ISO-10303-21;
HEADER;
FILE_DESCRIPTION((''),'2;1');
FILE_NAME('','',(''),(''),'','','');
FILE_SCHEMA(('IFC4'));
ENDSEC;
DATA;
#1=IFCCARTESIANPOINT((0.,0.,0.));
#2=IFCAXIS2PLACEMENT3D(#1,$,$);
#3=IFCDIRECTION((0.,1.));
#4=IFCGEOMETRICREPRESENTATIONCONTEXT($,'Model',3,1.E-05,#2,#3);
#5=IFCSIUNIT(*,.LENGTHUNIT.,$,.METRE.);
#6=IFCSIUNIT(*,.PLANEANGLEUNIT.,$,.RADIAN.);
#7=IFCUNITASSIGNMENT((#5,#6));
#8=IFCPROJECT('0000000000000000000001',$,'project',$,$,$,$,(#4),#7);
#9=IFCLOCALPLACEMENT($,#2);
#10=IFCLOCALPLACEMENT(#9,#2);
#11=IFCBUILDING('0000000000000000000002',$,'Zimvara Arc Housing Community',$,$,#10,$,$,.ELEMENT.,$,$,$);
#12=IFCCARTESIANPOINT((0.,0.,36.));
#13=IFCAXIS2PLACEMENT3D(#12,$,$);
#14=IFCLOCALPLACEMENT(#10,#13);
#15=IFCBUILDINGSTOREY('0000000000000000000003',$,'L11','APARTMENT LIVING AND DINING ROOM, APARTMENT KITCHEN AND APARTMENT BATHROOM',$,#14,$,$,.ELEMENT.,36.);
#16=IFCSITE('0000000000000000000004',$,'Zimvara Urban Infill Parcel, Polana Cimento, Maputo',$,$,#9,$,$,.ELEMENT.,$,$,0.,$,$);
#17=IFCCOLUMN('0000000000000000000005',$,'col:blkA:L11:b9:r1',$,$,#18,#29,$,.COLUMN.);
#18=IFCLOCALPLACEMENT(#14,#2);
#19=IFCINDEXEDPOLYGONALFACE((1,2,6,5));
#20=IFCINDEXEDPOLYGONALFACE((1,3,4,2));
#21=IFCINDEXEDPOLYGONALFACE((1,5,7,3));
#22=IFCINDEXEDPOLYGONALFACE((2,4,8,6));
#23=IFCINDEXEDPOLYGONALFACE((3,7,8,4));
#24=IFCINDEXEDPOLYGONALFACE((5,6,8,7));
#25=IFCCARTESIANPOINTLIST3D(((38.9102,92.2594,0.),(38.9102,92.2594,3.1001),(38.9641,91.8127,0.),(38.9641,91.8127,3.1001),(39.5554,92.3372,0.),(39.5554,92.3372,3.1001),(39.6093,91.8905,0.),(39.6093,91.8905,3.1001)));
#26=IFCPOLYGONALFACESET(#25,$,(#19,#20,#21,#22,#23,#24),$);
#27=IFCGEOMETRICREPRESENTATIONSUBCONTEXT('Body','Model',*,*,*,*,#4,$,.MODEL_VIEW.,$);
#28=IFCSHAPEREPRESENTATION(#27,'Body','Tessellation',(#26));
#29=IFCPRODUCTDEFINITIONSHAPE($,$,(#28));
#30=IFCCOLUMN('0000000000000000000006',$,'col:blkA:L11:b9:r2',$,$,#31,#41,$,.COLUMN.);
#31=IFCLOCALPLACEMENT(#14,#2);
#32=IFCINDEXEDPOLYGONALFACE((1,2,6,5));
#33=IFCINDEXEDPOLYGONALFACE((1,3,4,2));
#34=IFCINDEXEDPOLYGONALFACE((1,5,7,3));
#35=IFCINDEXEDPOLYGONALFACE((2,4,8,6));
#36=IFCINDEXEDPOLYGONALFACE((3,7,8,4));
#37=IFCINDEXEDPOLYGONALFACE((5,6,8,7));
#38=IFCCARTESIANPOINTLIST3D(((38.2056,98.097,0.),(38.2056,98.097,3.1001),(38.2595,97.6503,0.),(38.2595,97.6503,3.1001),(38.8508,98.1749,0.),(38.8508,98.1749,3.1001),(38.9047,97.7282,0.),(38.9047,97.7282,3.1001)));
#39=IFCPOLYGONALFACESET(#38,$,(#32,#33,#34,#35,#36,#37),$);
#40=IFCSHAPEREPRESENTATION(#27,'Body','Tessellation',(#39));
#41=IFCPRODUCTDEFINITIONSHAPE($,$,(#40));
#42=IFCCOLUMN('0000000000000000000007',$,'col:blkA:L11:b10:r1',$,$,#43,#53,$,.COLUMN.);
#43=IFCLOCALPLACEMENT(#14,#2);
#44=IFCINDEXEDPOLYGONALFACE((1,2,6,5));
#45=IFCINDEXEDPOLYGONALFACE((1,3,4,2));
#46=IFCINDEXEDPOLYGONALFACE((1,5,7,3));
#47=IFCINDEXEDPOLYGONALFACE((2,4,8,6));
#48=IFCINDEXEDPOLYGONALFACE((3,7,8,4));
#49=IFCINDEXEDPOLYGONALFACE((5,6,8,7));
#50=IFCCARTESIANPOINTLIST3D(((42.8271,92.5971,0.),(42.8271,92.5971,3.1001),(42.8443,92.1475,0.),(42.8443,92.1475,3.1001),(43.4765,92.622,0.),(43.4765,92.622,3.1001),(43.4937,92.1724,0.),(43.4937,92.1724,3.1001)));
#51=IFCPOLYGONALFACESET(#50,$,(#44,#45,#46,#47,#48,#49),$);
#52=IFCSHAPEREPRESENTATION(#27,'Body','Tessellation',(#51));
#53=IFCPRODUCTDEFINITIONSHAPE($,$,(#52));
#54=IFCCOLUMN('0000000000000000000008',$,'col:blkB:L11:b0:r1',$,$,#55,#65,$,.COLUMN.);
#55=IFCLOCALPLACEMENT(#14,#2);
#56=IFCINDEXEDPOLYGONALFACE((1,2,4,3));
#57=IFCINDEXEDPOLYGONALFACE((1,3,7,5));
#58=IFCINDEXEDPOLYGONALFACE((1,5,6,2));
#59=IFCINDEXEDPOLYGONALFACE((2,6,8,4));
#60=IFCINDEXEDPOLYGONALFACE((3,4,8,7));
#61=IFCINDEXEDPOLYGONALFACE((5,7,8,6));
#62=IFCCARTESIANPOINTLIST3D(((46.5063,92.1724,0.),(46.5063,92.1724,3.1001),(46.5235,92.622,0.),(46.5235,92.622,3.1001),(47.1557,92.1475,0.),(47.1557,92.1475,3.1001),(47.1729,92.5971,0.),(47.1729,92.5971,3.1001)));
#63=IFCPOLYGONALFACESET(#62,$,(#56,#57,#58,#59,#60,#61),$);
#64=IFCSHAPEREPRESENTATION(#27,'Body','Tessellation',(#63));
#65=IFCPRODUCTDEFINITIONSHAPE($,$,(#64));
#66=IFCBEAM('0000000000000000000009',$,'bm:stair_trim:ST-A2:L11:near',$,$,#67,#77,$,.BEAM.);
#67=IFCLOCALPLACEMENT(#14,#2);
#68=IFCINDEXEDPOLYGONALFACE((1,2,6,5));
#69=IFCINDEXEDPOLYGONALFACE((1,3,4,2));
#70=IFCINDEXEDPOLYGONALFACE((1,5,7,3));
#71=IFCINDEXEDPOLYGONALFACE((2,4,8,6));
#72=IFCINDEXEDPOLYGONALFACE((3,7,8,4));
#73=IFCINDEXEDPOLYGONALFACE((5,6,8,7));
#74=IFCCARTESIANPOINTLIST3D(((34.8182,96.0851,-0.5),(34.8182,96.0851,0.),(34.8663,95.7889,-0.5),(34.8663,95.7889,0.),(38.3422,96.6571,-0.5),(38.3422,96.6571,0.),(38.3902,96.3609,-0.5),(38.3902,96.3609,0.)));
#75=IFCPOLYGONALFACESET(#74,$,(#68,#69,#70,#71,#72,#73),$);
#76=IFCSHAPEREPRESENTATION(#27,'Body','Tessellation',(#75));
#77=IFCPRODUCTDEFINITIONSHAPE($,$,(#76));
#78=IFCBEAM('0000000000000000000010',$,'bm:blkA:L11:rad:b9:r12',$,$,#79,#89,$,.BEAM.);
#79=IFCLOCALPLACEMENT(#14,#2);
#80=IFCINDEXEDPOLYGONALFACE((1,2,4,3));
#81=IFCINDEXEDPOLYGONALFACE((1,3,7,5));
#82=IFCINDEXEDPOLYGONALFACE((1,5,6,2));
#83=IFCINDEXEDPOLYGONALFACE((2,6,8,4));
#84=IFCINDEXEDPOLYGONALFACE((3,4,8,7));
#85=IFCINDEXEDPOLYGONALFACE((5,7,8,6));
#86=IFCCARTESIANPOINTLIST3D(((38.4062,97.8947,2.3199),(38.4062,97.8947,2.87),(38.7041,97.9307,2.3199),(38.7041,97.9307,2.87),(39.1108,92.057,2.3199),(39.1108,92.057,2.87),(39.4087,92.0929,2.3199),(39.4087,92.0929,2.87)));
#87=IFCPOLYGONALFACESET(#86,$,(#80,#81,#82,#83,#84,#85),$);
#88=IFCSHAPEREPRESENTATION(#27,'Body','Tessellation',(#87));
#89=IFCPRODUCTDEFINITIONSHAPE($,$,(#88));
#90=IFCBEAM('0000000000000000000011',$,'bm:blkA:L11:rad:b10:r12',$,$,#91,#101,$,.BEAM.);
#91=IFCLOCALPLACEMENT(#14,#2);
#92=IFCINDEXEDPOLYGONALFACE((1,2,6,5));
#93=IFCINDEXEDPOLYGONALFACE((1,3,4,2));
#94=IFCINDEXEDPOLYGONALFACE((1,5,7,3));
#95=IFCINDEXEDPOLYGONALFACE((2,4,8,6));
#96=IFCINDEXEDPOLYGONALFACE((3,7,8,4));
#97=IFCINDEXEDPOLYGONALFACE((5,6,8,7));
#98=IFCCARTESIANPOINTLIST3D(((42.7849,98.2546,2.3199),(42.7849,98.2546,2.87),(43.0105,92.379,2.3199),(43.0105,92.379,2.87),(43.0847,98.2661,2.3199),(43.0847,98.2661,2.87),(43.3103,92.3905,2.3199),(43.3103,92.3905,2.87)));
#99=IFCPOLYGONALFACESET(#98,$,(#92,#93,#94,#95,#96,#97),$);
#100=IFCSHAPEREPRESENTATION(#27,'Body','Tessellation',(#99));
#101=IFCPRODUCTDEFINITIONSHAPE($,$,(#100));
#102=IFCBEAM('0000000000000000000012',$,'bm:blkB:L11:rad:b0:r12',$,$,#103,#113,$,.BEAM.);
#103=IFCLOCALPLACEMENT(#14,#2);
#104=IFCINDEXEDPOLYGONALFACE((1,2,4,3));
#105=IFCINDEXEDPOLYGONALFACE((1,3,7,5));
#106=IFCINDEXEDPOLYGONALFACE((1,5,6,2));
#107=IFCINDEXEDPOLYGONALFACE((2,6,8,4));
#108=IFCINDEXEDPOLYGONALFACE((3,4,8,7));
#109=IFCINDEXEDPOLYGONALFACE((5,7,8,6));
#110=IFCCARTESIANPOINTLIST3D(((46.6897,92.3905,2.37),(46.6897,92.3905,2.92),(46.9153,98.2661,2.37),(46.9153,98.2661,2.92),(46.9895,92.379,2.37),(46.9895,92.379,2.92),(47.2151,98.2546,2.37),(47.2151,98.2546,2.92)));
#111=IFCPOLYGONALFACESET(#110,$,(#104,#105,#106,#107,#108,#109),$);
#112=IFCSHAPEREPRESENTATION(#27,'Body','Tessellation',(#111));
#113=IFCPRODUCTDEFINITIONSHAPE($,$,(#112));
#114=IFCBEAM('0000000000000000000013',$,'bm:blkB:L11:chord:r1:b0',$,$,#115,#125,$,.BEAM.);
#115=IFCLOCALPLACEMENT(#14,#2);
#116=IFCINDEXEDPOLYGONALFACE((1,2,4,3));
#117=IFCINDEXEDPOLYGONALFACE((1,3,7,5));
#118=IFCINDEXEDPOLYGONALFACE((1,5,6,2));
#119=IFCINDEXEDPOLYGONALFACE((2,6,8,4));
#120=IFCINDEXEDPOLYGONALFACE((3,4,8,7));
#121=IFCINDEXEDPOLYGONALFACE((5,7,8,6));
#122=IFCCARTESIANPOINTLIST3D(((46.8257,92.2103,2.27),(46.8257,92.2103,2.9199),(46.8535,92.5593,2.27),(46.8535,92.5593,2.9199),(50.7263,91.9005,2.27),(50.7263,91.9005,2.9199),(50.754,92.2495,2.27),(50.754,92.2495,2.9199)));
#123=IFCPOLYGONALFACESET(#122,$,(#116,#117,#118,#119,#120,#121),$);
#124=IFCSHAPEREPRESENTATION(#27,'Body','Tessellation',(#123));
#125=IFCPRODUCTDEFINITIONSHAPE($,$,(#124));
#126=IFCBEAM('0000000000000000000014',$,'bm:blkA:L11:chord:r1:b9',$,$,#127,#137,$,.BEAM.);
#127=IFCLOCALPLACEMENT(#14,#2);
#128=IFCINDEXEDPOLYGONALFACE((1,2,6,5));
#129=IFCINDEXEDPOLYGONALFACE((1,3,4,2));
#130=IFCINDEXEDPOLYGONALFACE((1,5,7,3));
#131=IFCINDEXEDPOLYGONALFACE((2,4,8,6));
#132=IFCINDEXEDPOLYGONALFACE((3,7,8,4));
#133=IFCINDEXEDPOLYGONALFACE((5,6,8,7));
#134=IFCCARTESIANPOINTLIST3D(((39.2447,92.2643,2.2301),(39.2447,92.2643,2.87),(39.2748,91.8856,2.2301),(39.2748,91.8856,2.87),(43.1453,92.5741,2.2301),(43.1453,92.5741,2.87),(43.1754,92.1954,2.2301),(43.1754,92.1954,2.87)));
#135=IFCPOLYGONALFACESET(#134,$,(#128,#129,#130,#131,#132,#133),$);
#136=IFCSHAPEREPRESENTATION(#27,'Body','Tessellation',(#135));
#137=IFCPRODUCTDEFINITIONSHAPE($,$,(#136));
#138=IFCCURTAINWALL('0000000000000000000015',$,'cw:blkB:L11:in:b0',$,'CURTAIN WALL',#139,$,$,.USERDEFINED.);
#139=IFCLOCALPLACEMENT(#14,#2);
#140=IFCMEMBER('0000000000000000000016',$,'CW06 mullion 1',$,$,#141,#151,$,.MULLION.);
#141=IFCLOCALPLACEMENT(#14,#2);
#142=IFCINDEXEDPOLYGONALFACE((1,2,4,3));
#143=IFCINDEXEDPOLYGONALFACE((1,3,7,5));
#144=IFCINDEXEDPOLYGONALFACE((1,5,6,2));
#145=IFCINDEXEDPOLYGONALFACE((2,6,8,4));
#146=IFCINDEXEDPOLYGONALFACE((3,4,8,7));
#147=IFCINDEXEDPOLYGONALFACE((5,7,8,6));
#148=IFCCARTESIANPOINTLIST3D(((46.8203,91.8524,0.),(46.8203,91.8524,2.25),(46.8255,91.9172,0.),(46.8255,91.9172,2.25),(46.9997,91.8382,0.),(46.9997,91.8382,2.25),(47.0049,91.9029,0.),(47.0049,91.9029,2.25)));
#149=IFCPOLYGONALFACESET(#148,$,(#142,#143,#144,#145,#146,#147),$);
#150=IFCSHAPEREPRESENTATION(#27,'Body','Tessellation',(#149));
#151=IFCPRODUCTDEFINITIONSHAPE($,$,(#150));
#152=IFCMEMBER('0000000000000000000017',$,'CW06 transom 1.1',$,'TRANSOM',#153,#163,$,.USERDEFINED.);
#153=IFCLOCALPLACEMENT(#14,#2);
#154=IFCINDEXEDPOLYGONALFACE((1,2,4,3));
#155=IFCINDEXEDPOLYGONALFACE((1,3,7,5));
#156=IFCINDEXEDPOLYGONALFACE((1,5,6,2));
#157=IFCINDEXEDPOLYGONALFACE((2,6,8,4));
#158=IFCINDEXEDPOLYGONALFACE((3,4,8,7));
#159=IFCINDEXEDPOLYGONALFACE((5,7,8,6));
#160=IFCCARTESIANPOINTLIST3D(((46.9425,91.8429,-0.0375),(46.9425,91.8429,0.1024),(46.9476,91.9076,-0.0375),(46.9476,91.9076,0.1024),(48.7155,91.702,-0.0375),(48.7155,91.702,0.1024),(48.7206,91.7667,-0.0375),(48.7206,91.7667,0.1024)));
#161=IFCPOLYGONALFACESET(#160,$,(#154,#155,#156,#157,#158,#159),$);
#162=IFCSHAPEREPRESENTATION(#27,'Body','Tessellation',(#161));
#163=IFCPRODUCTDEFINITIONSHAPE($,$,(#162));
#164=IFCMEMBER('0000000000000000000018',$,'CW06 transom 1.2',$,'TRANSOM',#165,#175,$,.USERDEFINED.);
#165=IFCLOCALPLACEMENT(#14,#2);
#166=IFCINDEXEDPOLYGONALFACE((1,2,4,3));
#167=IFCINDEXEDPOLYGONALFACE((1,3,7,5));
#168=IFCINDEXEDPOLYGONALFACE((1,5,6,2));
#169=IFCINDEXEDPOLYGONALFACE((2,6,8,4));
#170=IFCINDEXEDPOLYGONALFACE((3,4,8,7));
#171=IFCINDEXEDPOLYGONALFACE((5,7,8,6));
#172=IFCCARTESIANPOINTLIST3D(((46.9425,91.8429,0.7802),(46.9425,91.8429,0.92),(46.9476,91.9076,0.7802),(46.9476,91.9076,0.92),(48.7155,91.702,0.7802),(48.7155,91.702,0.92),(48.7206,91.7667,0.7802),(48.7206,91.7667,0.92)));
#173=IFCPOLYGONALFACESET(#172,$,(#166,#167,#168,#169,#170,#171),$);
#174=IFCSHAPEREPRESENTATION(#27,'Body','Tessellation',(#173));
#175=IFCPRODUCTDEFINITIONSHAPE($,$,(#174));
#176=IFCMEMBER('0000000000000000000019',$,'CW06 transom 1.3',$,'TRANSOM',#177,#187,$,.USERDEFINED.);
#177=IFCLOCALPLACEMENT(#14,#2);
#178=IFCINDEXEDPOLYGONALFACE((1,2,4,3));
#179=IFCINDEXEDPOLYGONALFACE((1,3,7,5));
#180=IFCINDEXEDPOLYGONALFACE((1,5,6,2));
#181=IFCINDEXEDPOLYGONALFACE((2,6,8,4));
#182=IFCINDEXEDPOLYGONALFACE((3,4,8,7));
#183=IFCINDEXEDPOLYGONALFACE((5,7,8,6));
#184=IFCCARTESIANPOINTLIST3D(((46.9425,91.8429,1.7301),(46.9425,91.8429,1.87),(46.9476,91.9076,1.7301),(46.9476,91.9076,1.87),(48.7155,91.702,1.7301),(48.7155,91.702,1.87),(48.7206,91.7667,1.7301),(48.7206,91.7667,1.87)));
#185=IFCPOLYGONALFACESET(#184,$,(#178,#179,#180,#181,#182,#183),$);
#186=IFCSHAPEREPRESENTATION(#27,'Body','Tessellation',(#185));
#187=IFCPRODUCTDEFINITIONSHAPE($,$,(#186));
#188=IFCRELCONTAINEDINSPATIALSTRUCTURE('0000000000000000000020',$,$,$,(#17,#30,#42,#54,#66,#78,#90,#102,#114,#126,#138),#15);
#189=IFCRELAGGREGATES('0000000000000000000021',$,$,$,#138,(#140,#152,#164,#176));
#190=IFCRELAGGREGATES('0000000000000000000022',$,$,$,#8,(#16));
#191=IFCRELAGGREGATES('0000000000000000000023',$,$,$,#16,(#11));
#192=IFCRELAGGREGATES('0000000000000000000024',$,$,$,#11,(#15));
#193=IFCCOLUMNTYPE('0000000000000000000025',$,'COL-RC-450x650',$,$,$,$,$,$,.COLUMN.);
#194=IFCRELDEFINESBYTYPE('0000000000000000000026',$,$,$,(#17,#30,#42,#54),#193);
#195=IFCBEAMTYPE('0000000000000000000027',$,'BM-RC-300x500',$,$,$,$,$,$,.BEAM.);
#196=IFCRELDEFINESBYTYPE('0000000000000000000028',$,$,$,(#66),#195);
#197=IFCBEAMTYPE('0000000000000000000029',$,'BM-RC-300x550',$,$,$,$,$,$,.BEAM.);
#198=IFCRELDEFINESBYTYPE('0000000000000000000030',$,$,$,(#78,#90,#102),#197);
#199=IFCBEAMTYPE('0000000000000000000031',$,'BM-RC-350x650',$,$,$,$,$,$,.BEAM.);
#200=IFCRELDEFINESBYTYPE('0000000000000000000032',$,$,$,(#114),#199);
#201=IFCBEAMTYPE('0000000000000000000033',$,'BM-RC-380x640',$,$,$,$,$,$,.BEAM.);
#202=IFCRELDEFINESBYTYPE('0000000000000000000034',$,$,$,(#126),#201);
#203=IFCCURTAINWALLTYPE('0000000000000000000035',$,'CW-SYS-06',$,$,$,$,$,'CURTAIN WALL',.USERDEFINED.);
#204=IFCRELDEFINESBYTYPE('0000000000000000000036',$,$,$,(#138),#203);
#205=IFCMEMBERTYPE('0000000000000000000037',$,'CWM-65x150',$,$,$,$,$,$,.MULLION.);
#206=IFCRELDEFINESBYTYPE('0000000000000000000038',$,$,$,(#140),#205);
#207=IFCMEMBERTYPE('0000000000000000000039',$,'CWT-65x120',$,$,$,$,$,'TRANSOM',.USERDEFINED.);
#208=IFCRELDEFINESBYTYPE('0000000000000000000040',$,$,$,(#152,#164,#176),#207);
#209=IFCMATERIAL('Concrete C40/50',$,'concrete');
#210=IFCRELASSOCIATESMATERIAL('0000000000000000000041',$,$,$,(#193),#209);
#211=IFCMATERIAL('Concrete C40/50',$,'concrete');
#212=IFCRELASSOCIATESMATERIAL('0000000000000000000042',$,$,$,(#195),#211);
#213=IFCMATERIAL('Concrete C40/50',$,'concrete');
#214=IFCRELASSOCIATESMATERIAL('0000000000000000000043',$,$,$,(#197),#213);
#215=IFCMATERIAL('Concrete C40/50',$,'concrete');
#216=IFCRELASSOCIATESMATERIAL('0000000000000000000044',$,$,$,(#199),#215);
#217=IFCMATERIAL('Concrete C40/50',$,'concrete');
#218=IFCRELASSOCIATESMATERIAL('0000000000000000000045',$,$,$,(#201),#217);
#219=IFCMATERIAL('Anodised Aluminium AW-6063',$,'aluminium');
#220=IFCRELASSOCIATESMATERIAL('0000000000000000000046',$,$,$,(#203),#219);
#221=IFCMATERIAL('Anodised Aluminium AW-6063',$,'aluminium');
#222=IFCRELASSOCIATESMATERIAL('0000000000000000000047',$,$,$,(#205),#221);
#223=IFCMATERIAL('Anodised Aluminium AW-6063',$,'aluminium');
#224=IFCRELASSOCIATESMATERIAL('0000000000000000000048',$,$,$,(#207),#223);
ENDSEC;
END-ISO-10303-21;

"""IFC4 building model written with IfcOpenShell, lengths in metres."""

from ifc_helpers import new_model, si_unit, direction, frame, origin, origin_2d, place, context, subcontext, project, spatial, rectangle, extrude, material, material_profile, profile_set, type_object, element, aggregate, save


model = new_model("IFC4")

# Units and contexts
model_context = context("Model", 3, precision=1e-05, world=origin(), true_north=direction((0.0, 1.0)))
body_context = subcontext(model_context, "Body", "Model", "MODEL_VIEW")
ifc_project = project(units=[si_unit("LENGTHUNIT", "METRE"), si_unit("PLANEANGLEUNIT", "RADIAN")], contexts=[model_context])

# Site, building, storey
site_placement = place(None, origin())
site = spatial("IfcSite", under=ifc_project, at=site_placement, Name="Zimvara Urban Infill Parcel, Polana Cimento, Maputo", CompositionType="ELEMENT", RefElevation=0.0)
building_placement = place(site_placement, origin())
building = spatial("IfcBuilding", under=site, at=building_placement, Name="Zimvara Arc Housing Community", CompositionType="ELEMENT")
storey_placement = place(building_placement, frame((0.0, 0.0, 36.0)))
storey = spatial("IfcBuildingStorey", under=building, at=storey_placement, Name="L11", Description="APARTMENT LIVING AND DINING ROOM, APARTMENT KITCHEN AND APARTMENT BATHROOM", CompositionType="ELEMENT", Elevation=36.0)

# Columns
ifc_material_1 = material(Name="Concrete C40/50", Category="concrete")
ifc_material_profile_1 = material_profile(ifc_material_1, rectangle(XDim=0.45, YDim=0.6499, at=origin_2d()), Name="RC 450x650")
ifc_profile_set_1 = profile_set([ifc_material_profile_1], Name="Concrete C40/50")
column_type = type_object("IfcColumnType", Name="COL-RC-450x650", PredefinedType="COLUMN", material=ifc_profile_set_1)
for number, where, z_axis, x_axis, name in (
    (1, (39.2598, 92.075, 0.0), (0.0, 0.0, 1.0), (-0.11979, 0.992799, 0.0), "col:blkA:L11:b9:r1"),
    (2, (38.5552, 97.9126, 0.0), (0.0, 0.0, 1.0), (-0.11979, 0.992799, 0.0), "col:blkA:L11:b9:r2"),
    (3, (43.1604, 92.3848, 0.0), (0.0, 0.0, 1.0), (-0.038388, 0.999263, 0.0), "col:blkA:L11:b10:r1"),
    (4, (46.8396, 92.3848, 0.0), (0.0, 0.0, 1.0), (0.038388, 0.999263, 0.0), "col:blkB:L11:b0:r1"),
):
    element("IfcColumn", number, at=place(storey_placement, frame(where, z_axis=z_axis, x_axis=x_axis)), inside=storey, type_object=column_type, Name=name, PredefinedType="COLUMN", context=body_context, shape_type="SweptSolid", body=[
        extrude(rectangle(XDim=0.45, YDim=0.6499, at=origin_2d()), origin(), (0.0, 0.0, 1.0), 3.1001),
    ])

# Beams
ifc_material_2 = material(Name="Concrete C40/50", Category="concrete")
ifc_material_profile_2 = material_profile(ifc_material_2, rectangle(XDim=0.3, YDim=0.5, at=origin_2d()), Name="RC 300x500")
ifc_profile_set_2 = profile_set([ifc_material_profile_2], Name="Concrete C40/50")
beam_type_1 = type_object("IfcBeamType", Name="BM-RC-300x500", PredefinedType="BEAM", material=ifc_profile_set_2)
beam_1_placement = place(storey_placement, frame((38.3662, 96.509, -0.25), z_axis=(-0.98708, -0.160228, 0.0), x_axis=(0.160228, -0.98708, 0.0)))
element("IfcBeam", 5, at=beam_1_placement, inside=storey, type_object=beam_type_1, Name="bm:stair_trim:ST-A2:L11:near", PredefinedType="BEAM", context=body_context, shape_type="SweptSolid", body=[
    extrude(rectangle(XDim=0.3, YDim=0.5, at=origin_2d()), origin(), (0.0, 0.0, 1.0), 3.5701),
])
ifc_material_3 = material(Name="Concrete C40/50", Category="concrete")
ifc_material_profile_3 = material_profile(ifc_material_3, rectangle(XDim=0.3, YDim=0.55, at=origin_2d()), Name="RC 300x550")
ifc_profile_set_3 = profile_set([ifc_material_profile_3], Name="Concrete C40/50")
beam_type_2 = type_object("IfcBeamType", Name="BM-RC-300x550", PredefinedType="BEAM", material=ifc_profile_set_3)
beam_2_placement = place(storey_placement, frame((39.2598, 92.075, 2.595), z_axis=(-0.119828, 0.992795, 0.0), x_axis=(-0.992795, -0.119828, 0.0)))
element("IfcBeam", 6, at=beam_2_placement, inside=storey, type_object=beam_type_2, Name="bm:blkA:L11:rad:b9:r12", PredefinedType="BEAM", context=body_context, shape_type="SweptSolid", body=[
    extrude(rectangle(XDim=0.3, YDim=0.55, at=origin_2d()), origin(), (0.0, 0.0, 1.0), 5.8801),
])
for number, where, z_axis, x_axis, name in (
    (7, (43.1604, 92.3848, 2.595), (-0.038366, 0.999264, 0.0), (-0.999264, -0.038366, 0.0), "bm:blkA:L11:rad:b10:r12"),
    (8, (46.8396, 92.3848, 2.645), (0.038366, 0.999264, 0.0), (-0.999264, 0.038366, 0.0), "bm:blkB:L11:rad:b0:r12"),
):
    element("IfcBeam", number, at=place(storey_placement, frame(where, z_axis=z_axis, x_axis=x_axis)), inside=storey, type_object=beam_type_2, Name=name, PredefinedType="BEAM", context=body_context, shape_type="SweptSolid", body=[
        extrude(rectangle(XDim=0.3, YDim=0.55, at=origin_2d()), origin(), (0.0, 0.0, 1.0), 5.8799),
    ])
ifc_material_4 = material(Name="Concrete C40/50", Category="concrete")
ifc_material_profile_4 = material_profile(ifc_material_4, rectangle(XDim=0.3501, YDim=0.6499, at=origin_2d()), Name="RC 350x650")
ifc_profile_set_4 = profile_set([ifc_material_profile_4], Name="Concrete C40/50")
beam_type_3 = type_object("IfcBeamType", Name="BM-RC-350x650", PredefinedType="BEAM", material=ifc_profile_set_4)
beam_3_placement = place(storey_placement, frame((46.8396, 92.3848, 2.595), z_axis=(0.996861, -0.079177, 0.0), x_axis=(0.079177, 0.996861, 0.0)))
element("IfcBeam", 9, at=beam_3_placement, inside=storey, type_object=beam_type_3, Name="bm:blkB:L11:chord:r1:b0", PredefinedType="BEAM", context=body_context, shape_type="SweptSolid", body=[
    extrude(rectangle(XDim=0.3501, YDim=0.6499, at=origin_2d()), origin(), (0.0, 0.0, 1.0), 3.9128),
])
ifc_material_5 = material(Name="Concrete C40/50", Category="concrete")
ifc_material_profile_5 = material_profile(ifc_material_5, rectangle(XDim=0.3799, YDim=0.6399, at=origin_2d()), Name="RC 380x640")
ifc_profile_set_5 = profile_set([ifc_material_profile_5], Name="Concrete C40/50")
beam_type_4 = type_object("IfcBeamType", Name="BM-RC-380x640", PredefinedType="BEAM", material=ifc_profile_set_5)
beam_4_placement = place(storey_placement, frame((39.2598, 92.075, 2.55), z_axis=(0.996861, 0.079177, 0.0), x_axis=(-0.079177, 0.996861, 0.0)))
element("IfcBeam", 10, at=beam_4_placement, inside=storey, type_object=beam_type_4, Name="bm:blkA:L11:chord:r1:b9", PredefinedType="BEAM", context=body_context, shape_type="SweptSolid", body=[
    extrude(rectangle(XDim=0.3799, YDim=0.6399, at=origin_2d()), origin(), (0.0, 0.0, 1.0), 3.9128),
])

# Curtain wall, members
ifc_material_6 = material(Name="Anodised Aluminium AW-6063", Category="aluminium")
curtain_wall_type = type_object("IfcCurtainWallType", Name="CW-SYS-06", ElementType="CURTAIN WALL", PredefinedType="USERDEFINED", material=ifc_material_6)
curtain_wall_placement = place(storey_placement, origin())
curtain_wall = element("IfcCurtainWall", 11, at=curtain_wall_placement, inside=storey, type_object=curtain_wall_type, Name="cw:blkB:L11:in:b0", ObjectType="CURTAIN WALL", PredefinedType="USERDEFINED")
ifc_material_7 = material(Name="Anodised Aluminium AW-6063", Category="aluminium")
ifc_material_profile_6 = material_profile(ifc_material_7, rectangle(XDim=0.0649, YDim=0.1799, at=origin_2d()), Name="ALU 65x180")
ifc_profile_set_6 = profile_set([ifc_material_profile_6], Name="Anodised Aluminium AW-6063")
member_type_1 = type_object("IfcMemberType", Name="CWM-65x150", PredefinedType="MULLION", material=ifc_profile_set_6)
member_1_placement = place(storey_placement, frame((46.9126, 91.8777, 0.0), z_axis=(0.0, 0.0, 1.0), x_axis=(0.079155, 0.996862, 0.0)))
member_1 = element("IfcMember", 12, at=member_1_placement, type_object=member_type_1, Name="CW06 mullion 1", PredefinedType="MULLION", context=body_context, shape_type="SweptSolid", body=[
    extrude(rectangle(XDim=0.0649, YDim=0.1799, at=origin_2d()), origin(), (0.0, 0.0, 1.0), 2.25),
])
ifc_material_8 = material(Name="Anodised Aluminium AW-6063", Category="aluminium")
ifc_material_profile_7 = material_profile(ifc_material_8, rectangle(XDim=0.0649, YDim=0.1399, at=origin_2d()), Name="ALU 65x140")
ifc_profile_set_7 = profile_set([ifc_material_profile_7], Name="Anodised Aluminium AW-6063")
member_type_2 = type_object("IfcMemberType", Name="CWT-65x120", ElementType="TRANSOM", PredefinedType="USERDEFINED", material=ifc_profile_set_7)
member_2_placement = place(storey_placement, frame((46.9451, 91.8752, 0.0325), z_axis=(0.996858, -0.079205, 0.0), x_axis=(0.079205, 0.996858, 0.0)))
member_2 = element("IfcMember", 13, at=member_2_placement, type_object=member_type_2, Name="CW06 transom 1.1", ObjectType="TRANSOM", PredefinedType="USERDEFINED", context=body_context, shape_type="SweptSolid", body=[
    extrude(rectangle(XDim=0.0649, YDim=0.1399, at=origin_2d()), origin(), (0.0, 0.0, 1.0), 1.7786),
])
member_3_placement = place(storey_placement, frame((46.9451, 91.8752, 0.8501), z_axis=(0.996858, -0.079205, 0.0), x_axis=(0.079205, 0.996858, 0.0)))
member_3 = element("IfcMember", 14, at=member_3_placement, type_object=member_type_2, Name="CW06 transom 1.2", ObjectType="TRANSOM", PredefinedType="USERDEFINED", context=body_context, shape_type="SweptSolid", body=[
    extrude(rectangle(XDim=0.0649, YDim=0.1399, at=origin_2d()), origin(), (0.0, 0.0, 1.0), 1.7786),
])
member_4_placement = place(storey_placement, frame((46.9451, 91.8752, 1.8), z_axis=(0.996858, -0.079205, 0.0), x_axis=(0.079205, 0.996858, 0.0)))
member_4 = element("IfcMember", 15, at=member_4_placement, type_object=member_type_2, Name="CW06 transom 1.3", ObjectType="TRANSOM", PredefinedType="USERDEFINED", context=body_context, shape_type="SweptSolid", body=[
    extrude(rectangle(XDim=0.0649, YDim=0.1399, at=origin_2d()), origin(), (0.0, 0.0, 1.0), 1.7786),
])
aggregate(curtain_wall, [member_1, member_2, member_3, member_4])

save(model, "model.ifc")
